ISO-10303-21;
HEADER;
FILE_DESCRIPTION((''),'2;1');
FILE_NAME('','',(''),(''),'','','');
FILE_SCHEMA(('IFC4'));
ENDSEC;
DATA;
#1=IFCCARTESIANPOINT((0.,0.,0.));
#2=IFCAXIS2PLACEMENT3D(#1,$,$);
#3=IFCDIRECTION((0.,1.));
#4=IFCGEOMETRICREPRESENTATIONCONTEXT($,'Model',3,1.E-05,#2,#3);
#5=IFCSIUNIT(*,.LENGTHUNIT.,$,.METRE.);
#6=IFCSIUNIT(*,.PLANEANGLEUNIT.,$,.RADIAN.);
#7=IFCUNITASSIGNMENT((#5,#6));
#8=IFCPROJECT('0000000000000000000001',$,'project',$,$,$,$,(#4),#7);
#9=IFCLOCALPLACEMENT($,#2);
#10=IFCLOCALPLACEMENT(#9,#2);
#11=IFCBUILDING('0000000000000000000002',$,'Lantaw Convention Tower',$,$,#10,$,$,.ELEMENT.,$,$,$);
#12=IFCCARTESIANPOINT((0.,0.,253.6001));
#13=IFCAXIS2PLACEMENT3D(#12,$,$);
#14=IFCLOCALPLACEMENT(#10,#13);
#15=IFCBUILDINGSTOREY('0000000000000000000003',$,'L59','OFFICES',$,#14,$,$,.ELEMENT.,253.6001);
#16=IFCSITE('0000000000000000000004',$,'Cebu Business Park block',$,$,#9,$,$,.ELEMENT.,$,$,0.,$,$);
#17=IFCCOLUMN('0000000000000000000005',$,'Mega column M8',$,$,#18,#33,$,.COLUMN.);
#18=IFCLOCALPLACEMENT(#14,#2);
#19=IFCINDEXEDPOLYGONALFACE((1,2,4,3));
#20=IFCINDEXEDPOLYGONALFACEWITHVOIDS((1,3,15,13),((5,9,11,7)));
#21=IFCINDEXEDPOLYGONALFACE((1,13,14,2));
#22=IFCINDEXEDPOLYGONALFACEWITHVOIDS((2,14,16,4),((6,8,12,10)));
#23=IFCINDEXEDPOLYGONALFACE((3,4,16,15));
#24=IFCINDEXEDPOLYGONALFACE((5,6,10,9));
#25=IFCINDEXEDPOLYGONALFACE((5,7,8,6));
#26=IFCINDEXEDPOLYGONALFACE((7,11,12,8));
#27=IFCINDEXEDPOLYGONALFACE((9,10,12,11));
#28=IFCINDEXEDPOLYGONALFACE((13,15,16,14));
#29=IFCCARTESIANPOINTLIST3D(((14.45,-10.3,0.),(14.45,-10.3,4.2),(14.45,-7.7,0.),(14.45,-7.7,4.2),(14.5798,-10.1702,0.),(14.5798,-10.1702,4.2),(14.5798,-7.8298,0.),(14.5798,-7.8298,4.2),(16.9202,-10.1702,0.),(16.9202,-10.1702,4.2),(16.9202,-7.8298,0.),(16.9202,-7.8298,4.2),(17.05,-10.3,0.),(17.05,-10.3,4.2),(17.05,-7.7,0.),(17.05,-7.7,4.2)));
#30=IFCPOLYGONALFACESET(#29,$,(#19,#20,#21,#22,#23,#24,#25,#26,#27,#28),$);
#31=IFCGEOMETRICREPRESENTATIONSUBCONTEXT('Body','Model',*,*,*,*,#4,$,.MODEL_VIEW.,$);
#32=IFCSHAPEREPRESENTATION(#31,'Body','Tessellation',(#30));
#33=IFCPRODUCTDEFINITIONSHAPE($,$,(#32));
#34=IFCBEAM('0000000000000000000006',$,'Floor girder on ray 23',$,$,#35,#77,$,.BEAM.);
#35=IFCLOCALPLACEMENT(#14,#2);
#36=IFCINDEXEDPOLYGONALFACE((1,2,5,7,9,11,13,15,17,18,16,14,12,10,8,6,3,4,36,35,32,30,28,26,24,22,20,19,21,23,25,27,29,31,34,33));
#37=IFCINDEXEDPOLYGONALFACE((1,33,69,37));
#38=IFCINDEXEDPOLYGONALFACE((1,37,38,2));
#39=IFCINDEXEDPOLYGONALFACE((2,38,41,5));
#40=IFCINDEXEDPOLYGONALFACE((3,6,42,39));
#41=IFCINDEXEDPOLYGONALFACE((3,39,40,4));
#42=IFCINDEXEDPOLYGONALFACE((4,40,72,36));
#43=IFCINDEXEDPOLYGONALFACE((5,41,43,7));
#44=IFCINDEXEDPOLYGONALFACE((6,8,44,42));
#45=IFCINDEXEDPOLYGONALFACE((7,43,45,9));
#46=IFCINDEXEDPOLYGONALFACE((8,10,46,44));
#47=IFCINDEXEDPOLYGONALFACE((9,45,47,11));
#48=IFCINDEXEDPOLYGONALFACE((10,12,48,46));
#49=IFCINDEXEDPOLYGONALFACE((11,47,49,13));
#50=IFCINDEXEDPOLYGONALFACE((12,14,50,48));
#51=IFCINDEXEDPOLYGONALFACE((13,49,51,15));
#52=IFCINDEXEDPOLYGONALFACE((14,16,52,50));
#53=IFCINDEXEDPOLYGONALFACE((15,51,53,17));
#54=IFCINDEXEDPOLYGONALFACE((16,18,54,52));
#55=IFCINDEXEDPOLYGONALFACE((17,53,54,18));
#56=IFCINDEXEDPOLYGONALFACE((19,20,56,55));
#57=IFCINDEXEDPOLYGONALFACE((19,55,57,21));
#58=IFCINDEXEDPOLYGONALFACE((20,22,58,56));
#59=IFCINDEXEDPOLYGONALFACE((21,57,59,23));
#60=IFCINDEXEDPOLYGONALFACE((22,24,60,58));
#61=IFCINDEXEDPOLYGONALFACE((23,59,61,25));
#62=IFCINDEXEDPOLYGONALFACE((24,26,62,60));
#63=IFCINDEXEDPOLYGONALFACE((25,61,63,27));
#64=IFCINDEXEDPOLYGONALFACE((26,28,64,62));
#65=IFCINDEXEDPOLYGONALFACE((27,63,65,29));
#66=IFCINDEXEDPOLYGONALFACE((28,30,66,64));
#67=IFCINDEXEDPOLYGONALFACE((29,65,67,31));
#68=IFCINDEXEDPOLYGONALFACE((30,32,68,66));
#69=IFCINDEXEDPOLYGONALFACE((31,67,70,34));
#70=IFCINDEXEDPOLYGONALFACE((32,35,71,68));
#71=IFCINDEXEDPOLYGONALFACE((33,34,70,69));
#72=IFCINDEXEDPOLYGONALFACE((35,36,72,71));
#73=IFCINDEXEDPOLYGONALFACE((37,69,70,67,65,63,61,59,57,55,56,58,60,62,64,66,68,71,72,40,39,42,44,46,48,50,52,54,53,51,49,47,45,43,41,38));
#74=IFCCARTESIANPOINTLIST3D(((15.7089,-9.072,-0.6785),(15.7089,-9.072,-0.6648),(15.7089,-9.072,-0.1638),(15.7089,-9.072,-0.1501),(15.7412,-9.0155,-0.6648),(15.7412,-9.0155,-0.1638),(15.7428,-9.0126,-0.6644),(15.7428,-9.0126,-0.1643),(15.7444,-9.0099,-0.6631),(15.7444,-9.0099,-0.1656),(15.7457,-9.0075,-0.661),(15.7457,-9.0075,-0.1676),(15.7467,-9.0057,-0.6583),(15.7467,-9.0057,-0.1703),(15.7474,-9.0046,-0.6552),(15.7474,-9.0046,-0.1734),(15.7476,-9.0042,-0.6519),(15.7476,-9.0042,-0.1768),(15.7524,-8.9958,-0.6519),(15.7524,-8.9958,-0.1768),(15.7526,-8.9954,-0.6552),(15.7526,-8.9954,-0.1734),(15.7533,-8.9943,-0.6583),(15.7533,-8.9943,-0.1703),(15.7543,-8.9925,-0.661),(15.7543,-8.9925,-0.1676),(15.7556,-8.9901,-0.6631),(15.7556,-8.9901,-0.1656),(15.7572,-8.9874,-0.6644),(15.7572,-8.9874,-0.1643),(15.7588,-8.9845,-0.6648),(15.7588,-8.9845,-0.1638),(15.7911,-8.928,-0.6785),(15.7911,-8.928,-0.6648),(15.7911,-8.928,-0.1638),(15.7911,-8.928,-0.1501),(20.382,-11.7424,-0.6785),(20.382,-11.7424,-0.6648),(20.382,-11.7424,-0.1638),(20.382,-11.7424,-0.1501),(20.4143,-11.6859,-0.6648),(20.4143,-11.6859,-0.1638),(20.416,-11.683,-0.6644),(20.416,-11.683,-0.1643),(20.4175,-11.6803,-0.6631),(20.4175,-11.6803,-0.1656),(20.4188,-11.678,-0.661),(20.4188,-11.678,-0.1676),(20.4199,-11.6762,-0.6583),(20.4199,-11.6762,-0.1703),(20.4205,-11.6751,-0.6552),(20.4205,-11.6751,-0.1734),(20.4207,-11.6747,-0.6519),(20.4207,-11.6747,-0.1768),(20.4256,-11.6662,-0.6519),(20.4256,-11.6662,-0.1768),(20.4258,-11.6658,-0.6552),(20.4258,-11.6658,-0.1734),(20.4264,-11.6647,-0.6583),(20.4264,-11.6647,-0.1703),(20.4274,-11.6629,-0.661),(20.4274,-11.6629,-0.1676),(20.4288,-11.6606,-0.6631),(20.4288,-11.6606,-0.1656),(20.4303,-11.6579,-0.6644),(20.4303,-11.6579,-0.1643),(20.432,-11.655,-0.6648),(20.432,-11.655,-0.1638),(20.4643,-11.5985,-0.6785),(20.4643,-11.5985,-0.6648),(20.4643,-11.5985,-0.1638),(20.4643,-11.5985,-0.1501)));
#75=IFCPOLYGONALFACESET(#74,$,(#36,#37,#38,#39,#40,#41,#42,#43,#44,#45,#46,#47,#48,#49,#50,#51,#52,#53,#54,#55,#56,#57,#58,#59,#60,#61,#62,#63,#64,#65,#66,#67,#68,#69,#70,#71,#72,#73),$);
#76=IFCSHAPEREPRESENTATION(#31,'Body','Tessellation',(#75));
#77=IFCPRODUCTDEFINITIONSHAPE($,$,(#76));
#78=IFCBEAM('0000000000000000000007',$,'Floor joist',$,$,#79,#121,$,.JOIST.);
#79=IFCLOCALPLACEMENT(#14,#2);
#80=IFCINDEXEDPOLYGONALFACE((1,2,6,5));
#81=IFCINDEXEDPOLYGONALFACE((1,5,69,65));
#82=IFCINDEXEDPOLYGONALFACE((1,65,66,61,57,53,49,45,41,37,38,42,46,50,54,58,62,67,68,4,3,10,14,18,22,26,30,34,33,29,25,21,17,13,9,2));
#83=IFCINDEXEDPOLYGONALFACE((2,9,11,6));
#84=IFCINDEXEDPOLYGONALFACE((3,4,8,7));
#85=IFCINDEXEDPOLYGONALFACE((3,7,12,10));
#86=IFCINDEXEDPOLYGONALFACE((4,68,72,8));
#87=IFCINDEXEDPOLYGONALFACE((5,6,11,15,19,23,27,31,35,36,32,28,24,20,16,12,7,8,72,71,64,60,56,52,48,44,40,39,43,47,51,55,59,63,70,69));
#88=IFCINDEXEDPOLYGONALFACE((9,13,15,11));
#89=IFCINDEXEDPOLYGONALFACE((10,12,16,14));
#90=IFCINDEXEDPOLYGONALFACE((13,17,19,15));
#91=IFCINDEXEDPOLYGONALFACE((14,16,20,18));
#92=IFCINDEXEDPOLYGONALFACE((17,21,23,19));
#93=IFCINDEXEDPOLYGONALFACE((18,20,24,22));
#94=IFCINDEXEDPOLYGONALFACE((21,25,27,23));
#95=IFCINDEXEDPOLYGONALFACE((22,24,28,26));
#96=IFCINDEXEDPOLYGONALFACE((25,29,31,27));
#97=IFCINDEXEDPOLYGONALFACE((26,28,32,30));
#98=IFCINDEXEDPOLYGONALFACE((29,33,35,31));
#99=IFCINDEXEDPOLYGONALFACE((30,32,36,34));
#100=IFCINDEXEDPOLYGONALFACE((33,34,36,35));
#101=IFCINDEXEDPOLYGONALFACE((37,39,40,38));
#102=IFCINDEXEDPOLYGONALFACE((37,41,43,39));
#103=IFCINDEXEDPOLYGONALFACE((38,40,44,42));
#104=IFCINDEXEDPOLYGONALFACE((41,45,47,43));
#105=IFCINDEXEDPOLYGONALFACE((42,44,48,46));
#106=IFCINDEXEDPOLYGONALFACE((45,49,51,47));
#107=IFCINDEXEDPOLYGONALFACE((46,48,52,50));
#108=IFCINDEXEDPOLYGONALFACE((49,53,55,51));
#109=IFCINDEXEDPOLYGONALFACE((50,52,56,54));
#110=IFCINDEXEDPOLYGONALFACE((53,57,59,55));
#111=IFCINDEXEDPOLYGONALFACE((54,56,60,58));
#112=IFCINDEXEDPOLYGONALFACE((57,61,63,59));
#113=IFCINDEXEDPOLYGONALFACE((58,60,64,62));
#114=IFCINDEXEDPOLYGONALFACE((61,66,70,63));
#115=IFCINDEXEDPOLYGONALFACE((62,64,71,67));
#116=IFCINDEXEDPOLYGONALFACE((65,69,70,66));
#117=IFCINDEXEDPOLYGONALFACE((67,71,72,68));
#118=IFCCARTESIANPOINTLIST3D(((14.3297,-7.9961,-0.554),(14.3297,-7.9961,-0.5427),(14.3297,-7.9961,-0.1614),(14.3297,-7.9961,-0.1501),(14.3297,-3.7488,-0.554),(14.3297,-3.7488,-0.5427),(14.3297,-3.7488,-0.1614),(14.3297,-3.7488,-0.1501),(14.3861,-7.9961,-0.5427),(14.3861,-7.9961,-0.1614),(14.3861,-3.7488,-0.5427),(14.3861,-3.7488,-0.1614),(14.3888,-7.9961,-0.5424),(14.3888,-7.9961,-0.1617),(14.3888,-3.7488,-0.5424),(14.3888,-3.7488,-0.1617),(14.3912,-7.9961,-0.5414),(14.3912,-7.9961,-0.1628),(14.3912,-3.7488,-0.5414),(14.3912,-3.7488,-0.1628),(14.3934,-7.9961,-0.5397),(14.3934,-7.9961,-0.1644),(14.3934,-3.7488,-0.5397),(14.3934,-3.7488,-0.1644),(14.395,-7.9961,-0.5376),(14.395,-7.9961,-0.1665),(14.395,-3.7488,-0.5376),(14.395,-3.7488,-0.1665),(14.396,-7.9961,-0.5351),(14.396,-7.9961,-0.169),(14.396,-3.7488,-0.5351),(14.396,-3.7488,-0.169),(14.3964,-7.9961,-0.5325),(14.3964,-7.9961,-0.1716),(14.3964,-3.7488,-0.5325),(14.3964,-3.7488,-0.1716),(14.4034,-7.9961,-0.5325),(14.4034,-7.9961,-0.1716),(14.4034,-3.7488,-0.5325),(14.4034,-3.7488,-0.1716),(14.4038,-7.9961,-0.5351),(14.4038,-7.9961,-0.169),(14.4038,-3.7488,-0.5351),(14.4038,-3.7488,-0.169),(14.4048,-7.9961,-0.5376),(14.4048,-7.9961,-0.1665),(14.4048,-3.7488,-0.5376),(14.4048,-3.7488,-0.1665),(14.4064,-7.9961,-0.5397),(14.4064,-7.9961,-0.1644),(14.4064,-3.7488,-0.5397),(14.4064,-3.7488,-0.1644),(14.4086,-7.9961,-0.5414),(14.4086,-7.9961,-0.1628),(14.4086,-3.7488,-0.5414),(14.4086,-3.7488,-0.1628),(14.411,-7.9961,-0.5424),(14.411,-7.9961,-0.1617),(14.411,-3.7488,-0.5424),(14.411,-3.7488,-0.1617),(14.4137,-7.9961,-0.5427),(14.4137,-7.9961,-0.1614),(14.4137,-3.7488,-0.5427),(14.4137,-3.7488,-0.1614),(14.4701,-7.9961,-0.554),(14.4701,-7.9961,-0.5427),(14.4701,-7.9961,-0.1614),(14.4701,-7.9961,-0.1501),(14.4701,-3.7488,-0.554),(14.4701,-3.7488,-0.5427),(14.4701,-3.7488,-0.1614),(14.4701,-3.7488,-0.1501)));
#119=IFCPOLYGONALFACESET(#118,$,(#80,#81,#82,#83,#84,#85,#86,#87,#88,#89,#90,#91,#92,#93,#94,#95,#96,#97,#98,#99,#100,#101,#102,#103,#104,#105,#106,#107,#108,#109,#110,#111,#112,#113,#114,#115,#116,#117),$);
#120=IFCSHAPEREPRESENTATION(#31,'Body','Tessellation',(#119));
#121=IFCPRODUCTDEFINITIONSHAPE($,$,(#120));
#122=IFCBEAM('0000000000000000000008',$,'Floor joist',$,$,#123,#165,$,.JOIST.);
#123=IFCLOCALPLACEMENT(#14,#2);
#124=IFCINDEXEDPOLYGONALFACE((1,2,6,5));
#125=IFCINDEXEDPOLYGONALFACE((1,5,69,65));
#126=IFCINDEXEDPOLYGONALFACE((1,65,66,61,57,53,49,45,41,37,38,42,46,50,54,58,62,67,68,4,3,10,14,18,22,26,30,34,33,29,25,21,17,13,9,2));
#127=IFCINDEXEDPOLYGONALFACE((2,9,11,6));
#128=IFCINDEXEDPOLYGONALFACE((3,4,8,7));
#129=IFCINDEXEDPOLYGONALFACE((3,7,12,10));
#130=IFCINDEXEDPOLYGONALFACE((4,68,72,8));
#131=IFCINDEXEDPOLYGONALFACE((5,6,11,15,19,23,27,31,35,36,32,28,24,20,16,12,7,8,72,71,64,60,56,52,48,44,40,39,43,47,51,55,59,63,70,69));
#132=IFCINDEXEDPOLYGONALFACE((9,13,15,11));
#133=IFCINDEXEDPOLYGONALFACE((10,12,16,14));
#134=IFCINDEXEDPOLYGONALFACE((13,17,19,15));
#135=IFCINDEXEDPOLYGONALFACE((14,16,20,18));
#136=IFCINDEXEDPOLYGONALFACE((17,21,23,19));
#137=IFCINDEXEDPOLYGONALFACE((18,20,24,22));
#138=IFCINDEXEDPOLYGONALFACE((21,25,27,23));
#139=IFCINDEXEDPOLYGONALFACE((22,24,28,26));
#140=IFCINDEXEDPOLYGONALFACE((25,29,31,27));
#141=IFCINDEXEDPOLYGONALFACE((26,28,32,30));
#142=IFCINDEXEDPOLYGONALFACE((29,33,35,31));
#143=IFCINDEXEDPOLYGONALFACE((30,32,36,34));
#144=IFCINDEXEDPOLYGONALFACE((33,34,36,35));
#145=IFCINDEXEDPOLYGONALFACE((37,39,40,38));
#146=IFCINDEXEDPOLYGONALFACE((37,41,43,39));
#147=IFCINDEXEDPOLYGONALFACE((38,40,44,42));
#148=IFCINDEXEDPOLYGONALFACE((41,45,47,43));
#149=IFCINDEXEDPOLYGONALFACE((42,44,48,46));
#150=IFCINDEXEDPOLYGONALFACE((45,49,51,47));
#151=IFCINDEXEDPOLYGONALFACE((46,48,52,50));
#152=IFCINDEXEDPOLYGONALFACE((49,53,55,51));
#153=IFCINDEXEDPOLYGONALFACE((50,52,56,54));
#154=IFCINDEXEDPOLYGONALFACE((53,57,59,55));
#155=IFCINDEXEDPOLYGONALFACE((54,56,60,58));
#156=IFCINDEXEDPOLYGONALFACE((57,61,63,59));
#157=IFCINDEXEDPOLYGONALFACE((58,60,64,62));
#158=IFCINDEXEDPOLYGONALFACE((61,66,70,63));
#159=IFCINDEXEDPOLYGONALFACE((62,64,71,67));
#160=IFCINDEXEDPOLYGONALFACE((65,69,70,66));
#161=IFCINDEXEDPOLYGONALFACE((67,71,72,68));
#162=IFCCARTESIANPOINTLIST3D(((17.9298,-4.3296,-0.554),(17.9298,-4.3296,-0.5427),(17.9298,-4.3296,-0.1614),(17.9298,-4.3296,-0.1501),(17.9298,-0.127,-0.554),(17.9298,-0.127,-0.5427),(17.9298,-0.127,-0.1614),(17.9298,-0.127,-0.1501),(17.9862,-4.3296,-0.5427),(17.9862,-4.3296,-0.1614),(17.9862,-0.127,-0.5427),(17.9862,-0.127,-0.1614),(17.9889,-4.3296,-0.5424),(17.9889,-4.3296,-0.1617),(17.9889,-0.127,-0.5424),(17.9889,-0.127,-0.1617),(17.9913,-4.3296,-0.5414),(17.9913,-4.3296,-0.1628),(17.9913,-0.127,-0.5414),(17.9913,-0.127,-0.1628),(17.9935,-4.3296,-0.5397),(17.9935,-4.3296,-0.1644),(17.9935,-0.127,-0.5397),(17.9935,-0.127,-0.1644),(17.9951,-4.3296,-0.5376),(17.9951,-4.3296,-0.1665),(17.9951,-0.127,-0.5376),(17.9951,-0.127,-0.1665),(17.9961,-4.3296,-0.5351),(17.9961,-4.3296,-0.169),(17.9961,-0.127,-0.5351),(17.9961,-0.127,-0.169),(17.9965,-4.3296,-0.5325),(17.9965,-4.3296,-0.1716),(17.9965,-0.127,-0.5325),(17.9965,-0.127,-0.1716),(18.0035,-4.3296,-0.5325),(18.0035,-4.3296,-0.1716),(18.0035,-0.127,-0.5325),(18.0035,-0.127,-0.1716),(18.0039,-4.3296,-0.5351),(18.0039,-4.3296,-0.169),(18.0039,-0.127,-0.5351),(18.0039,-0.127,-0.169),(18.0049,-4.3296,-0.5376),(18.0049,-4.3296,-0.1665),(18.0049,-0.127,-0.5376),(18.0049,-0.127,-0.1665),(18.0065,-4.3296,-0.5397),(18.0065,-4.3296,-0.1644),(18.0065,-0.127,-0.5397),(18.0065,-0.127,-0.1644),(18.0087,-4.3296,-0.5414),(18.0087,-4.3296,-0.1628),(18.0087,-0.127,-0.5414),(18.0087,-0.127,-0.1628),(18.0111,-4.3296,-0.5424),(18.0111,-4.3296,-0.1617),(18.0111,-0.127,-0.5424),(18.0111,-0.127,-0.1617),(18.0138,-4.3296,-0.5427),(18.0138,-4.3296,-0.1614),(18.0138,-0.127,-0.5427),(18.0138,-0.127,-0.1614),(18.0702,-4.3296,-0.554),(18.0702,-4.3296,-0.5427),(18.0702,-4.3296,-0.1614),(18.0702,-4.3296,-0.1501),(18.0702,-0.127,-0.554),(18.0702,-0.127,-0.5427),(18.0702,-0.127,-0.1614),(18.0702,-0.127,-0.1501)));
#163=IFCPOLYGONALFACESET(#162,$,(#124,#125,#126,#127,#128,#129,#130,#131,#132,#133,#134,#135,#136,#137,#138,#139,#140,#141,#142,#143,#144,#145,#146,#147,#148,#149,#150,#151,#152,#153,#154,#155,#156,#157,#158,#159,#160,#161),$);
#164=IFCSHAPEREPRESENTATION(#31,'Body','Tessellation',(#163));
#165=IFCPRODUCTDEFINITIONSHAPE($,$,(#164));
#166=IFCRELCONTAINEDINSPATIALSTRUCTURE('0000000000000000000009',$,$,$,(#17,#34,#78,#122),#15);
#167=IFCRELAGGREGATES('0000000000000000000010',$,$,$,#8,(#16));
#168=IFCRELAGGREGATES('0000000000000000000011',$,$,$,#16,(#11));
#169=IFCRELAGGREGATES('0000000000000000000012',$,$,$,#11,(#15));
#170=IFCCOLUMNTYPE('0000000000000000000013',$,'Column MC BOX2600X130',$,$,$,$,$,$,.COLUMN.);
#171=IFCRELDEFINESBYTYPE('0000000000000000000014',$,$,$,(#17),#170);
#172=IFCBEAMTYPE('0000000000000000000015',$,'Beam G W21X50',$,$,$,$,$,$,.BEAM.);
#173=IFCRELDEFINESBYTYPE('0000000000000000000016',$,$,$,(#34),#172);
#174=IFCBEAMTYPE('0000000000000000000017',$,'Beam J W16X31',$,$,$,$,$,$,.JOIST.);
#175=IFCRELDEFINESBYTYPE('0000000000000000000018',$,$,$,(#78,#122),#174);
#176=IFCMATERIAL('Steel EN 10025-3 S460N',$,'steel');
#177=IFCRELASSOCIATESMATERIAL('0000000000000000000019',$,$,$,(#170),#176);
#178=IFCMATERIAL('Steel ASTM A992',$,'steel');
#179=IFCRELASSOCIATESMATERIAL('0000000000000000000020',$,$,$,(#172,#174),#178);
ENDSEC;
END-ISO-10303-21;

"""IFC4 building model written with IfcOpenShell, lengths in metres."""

from ifc_helpers import new_model, si_unit, direction, frame, origin, origin_2d, place, context, subcontext, project, spatial, rectangle, hollow_rectangle, i_section, extrude, material, material_profile, profile_set, type_object, element, save


model = new_model("IFC4")

# Units and contexts
model_context = context("Model", 3, precision=1e-05, world=origin(), true_north=direction((0.0, 1.0)))
body_context = subcontext(model_context, "Body", "Model", "MODEL_VIEW")
ifc_project = project(units=[si_unit("LENGTHUNIT", "METRE"), si_unit("PLANEANGLEUNIT", "RADIAN")], contexts=[model_context])

# Site, building, storey
site_placement = place(None, origin())
site = spatial("IfcSite", under=ifc_project, at=site_placement, Name="Cebu Business Park block", CompositionType="ELEMENT", RefElevation=0.0)
building_placement = place(site_placement, origin())
building = spatial("IfcBuilding", under=site, at=building_placement, Name="Lantaw Convention Tower", CompositionType="ELEMENT")
storey_placement = place(building_placement, frame((0.0, 0.0, 253.6001)))
storey = spatial("IfcBuildingStorey", under=building, at=storey_placement, Name="L59", Description="OFFICES", CompositionType="ELEMENT", Elevation=253.6001)

# Column
ifc_material_1 = material(Name="Steel EN 10025-3 S460N", Category="steel")
ifc_material_profile_1 = material_profile(ifc_material_1, hollow_rectangle(XDim=2.6001, YDim=2.6001, WallThickness=0.1299, at=origin_2d()), Name="BOX2600X130")
ifc_material_2 = material(Name="Concrete C60/75", Category="concrete")
ifc_material_profile_2 = material_profile(ifc_material_2, rectangle(XDim=2.3401, YDim=2.3401, at=origin_2d()), Name="Concrete fill of BOX2600X130")
ifc_profile_set_1 = profile_set([ifc_material_profile_1, ifc_material_profile_2], Name="Steel EN 10025-3 S460N")
column_type = type_object("IfcColumnType", Name="Column MC BOX2600X130", PredefinedType="COLUMN", material=ifc_profile_set_1)
column_placement = place(storey_placement, frame((15.75, -9.0, 0.0), z_axis=(0.0, 0.0, 1.0), x_axis=(1.0, 0.0, 0.0)))
element("IfcColumn", 1, at=column_placement, inside=storey, type_object=column_type, Name="Mega column M8", PredefinedType="COLUMN", context=body_context, shape_type="SweptSolid", body=[
    extrude(hollow_rectangle(XDim=2.6001, YDim=2.6001, WallThickness=0.1299, at=origin_2d()), origin(), (0.0, 0.0, 1.0), 4.2),
])

# Beams
ifc_material_3 = material(Name="Steel ASTM A992", Category="steel")
ifc_material_profile_3 = material_profile(ifc_material_3, i_section(OverallWidth=0.1658, OverallDepth=0.5283, WebThickness=0.0098, FlangeThickness=0.0137, FilletRadius=0.0129, at=origin_2d()), Name="W21X50")
ifc_profile_set_2 = profile_set([ifc_material_profile_3], Name="Steel ASTM A992")
beam_type_1 = type_object("IfcBeamType", Name="Beam G W21X50", PredefinedType="BEAM", material=ifc_profile_set_2)
beam_1_placement = place(storey_placement, frame((15.75, -9.0, -0.4143), z_axis=(0.868238, -0.496149, 0.0), x_axis=(0.496149, 0.868238, 0.0)))
element("IfcBeam", 2, at=beam_1_placement, inside=storey, type_object=beam_type_1, Name="Floor girder on ray 23", PredefinedType="BEAM", context=body_context, shape_type="SweptSolid", body=[
    extrude(i_section(OverallWidth=0.1658, OverallDepth=0.5283, WebThickness=0.0098, FlangeThickness=0.0137, FilletRadius=0.0129, at=origin_2d()), origin(), (0.0, 0.0, 1.0), 5.3823),
])
ifc_material_profile_4 = material_profile(ifc_material_3, i_section(OverallWidth=0.1404, OverallDepth=0.4038, WebThickness=0.0071, FlangeThickness=0.0112, FilletRadius=0.0103, at=origin_2d()), Name="W16X31")
ifc_profile_set_3 = profile_set([ifc_material_profile_4], Name="Steel ASTM A992")
beam_type_2 = type_object("IfcBeamType", Name="Beam J W16X31", PredefinedType="JOIST", material=ifc_profile_set_3)
beam_2_placement = place(storey_placement, frame((14.3999, -7.9961, -0.3521), z_axis=(0.0, 1.0, 0.0), x_axis=(-1.0, 0.0, 0.0)))
element("IfcBeam", 3, at=beam_2_placement, inside=storey, type_object=beam_type_2, Name="Floor joist", PredefinedType="JOIST", context=body_context, shape_type="SweptSolid", body=[
    extrude(i_section(OverallWidth=0.1404, OverallDepth=0.4038, WebThickness=0.0071, FlangeThickness=0.0112, FilletRadius=0.0103, at=origin_2d()), origin(), (0.0, 0.0, 1.0), 4.2473),
])
beam_3_placement = place(storey_placement, frame((18.0, -4.3296, -0.3521), z_axis=(0.0, 1.0, 0.0), x_axis=(-1.0, 0.0, 0.0)))
element("IfcBeam", 4, at=beam_3_placement, inside=storey, type_object=beam_type_2, Name="Floor joist", PredefinedType="JOIST", context=body_context, shape_type="SweptSolid", body=[
    extrude(i_section(OverallWidth=0.1404, OverallDepth=0.4038, WebThickness=0.0071, FlangeThickness=0.0112, FilletRadius=0.0103, at=origin_2d()), origin(), (0.0, 0.0, 1.0), 4.2026),
])

save(model, "model.ifc")
